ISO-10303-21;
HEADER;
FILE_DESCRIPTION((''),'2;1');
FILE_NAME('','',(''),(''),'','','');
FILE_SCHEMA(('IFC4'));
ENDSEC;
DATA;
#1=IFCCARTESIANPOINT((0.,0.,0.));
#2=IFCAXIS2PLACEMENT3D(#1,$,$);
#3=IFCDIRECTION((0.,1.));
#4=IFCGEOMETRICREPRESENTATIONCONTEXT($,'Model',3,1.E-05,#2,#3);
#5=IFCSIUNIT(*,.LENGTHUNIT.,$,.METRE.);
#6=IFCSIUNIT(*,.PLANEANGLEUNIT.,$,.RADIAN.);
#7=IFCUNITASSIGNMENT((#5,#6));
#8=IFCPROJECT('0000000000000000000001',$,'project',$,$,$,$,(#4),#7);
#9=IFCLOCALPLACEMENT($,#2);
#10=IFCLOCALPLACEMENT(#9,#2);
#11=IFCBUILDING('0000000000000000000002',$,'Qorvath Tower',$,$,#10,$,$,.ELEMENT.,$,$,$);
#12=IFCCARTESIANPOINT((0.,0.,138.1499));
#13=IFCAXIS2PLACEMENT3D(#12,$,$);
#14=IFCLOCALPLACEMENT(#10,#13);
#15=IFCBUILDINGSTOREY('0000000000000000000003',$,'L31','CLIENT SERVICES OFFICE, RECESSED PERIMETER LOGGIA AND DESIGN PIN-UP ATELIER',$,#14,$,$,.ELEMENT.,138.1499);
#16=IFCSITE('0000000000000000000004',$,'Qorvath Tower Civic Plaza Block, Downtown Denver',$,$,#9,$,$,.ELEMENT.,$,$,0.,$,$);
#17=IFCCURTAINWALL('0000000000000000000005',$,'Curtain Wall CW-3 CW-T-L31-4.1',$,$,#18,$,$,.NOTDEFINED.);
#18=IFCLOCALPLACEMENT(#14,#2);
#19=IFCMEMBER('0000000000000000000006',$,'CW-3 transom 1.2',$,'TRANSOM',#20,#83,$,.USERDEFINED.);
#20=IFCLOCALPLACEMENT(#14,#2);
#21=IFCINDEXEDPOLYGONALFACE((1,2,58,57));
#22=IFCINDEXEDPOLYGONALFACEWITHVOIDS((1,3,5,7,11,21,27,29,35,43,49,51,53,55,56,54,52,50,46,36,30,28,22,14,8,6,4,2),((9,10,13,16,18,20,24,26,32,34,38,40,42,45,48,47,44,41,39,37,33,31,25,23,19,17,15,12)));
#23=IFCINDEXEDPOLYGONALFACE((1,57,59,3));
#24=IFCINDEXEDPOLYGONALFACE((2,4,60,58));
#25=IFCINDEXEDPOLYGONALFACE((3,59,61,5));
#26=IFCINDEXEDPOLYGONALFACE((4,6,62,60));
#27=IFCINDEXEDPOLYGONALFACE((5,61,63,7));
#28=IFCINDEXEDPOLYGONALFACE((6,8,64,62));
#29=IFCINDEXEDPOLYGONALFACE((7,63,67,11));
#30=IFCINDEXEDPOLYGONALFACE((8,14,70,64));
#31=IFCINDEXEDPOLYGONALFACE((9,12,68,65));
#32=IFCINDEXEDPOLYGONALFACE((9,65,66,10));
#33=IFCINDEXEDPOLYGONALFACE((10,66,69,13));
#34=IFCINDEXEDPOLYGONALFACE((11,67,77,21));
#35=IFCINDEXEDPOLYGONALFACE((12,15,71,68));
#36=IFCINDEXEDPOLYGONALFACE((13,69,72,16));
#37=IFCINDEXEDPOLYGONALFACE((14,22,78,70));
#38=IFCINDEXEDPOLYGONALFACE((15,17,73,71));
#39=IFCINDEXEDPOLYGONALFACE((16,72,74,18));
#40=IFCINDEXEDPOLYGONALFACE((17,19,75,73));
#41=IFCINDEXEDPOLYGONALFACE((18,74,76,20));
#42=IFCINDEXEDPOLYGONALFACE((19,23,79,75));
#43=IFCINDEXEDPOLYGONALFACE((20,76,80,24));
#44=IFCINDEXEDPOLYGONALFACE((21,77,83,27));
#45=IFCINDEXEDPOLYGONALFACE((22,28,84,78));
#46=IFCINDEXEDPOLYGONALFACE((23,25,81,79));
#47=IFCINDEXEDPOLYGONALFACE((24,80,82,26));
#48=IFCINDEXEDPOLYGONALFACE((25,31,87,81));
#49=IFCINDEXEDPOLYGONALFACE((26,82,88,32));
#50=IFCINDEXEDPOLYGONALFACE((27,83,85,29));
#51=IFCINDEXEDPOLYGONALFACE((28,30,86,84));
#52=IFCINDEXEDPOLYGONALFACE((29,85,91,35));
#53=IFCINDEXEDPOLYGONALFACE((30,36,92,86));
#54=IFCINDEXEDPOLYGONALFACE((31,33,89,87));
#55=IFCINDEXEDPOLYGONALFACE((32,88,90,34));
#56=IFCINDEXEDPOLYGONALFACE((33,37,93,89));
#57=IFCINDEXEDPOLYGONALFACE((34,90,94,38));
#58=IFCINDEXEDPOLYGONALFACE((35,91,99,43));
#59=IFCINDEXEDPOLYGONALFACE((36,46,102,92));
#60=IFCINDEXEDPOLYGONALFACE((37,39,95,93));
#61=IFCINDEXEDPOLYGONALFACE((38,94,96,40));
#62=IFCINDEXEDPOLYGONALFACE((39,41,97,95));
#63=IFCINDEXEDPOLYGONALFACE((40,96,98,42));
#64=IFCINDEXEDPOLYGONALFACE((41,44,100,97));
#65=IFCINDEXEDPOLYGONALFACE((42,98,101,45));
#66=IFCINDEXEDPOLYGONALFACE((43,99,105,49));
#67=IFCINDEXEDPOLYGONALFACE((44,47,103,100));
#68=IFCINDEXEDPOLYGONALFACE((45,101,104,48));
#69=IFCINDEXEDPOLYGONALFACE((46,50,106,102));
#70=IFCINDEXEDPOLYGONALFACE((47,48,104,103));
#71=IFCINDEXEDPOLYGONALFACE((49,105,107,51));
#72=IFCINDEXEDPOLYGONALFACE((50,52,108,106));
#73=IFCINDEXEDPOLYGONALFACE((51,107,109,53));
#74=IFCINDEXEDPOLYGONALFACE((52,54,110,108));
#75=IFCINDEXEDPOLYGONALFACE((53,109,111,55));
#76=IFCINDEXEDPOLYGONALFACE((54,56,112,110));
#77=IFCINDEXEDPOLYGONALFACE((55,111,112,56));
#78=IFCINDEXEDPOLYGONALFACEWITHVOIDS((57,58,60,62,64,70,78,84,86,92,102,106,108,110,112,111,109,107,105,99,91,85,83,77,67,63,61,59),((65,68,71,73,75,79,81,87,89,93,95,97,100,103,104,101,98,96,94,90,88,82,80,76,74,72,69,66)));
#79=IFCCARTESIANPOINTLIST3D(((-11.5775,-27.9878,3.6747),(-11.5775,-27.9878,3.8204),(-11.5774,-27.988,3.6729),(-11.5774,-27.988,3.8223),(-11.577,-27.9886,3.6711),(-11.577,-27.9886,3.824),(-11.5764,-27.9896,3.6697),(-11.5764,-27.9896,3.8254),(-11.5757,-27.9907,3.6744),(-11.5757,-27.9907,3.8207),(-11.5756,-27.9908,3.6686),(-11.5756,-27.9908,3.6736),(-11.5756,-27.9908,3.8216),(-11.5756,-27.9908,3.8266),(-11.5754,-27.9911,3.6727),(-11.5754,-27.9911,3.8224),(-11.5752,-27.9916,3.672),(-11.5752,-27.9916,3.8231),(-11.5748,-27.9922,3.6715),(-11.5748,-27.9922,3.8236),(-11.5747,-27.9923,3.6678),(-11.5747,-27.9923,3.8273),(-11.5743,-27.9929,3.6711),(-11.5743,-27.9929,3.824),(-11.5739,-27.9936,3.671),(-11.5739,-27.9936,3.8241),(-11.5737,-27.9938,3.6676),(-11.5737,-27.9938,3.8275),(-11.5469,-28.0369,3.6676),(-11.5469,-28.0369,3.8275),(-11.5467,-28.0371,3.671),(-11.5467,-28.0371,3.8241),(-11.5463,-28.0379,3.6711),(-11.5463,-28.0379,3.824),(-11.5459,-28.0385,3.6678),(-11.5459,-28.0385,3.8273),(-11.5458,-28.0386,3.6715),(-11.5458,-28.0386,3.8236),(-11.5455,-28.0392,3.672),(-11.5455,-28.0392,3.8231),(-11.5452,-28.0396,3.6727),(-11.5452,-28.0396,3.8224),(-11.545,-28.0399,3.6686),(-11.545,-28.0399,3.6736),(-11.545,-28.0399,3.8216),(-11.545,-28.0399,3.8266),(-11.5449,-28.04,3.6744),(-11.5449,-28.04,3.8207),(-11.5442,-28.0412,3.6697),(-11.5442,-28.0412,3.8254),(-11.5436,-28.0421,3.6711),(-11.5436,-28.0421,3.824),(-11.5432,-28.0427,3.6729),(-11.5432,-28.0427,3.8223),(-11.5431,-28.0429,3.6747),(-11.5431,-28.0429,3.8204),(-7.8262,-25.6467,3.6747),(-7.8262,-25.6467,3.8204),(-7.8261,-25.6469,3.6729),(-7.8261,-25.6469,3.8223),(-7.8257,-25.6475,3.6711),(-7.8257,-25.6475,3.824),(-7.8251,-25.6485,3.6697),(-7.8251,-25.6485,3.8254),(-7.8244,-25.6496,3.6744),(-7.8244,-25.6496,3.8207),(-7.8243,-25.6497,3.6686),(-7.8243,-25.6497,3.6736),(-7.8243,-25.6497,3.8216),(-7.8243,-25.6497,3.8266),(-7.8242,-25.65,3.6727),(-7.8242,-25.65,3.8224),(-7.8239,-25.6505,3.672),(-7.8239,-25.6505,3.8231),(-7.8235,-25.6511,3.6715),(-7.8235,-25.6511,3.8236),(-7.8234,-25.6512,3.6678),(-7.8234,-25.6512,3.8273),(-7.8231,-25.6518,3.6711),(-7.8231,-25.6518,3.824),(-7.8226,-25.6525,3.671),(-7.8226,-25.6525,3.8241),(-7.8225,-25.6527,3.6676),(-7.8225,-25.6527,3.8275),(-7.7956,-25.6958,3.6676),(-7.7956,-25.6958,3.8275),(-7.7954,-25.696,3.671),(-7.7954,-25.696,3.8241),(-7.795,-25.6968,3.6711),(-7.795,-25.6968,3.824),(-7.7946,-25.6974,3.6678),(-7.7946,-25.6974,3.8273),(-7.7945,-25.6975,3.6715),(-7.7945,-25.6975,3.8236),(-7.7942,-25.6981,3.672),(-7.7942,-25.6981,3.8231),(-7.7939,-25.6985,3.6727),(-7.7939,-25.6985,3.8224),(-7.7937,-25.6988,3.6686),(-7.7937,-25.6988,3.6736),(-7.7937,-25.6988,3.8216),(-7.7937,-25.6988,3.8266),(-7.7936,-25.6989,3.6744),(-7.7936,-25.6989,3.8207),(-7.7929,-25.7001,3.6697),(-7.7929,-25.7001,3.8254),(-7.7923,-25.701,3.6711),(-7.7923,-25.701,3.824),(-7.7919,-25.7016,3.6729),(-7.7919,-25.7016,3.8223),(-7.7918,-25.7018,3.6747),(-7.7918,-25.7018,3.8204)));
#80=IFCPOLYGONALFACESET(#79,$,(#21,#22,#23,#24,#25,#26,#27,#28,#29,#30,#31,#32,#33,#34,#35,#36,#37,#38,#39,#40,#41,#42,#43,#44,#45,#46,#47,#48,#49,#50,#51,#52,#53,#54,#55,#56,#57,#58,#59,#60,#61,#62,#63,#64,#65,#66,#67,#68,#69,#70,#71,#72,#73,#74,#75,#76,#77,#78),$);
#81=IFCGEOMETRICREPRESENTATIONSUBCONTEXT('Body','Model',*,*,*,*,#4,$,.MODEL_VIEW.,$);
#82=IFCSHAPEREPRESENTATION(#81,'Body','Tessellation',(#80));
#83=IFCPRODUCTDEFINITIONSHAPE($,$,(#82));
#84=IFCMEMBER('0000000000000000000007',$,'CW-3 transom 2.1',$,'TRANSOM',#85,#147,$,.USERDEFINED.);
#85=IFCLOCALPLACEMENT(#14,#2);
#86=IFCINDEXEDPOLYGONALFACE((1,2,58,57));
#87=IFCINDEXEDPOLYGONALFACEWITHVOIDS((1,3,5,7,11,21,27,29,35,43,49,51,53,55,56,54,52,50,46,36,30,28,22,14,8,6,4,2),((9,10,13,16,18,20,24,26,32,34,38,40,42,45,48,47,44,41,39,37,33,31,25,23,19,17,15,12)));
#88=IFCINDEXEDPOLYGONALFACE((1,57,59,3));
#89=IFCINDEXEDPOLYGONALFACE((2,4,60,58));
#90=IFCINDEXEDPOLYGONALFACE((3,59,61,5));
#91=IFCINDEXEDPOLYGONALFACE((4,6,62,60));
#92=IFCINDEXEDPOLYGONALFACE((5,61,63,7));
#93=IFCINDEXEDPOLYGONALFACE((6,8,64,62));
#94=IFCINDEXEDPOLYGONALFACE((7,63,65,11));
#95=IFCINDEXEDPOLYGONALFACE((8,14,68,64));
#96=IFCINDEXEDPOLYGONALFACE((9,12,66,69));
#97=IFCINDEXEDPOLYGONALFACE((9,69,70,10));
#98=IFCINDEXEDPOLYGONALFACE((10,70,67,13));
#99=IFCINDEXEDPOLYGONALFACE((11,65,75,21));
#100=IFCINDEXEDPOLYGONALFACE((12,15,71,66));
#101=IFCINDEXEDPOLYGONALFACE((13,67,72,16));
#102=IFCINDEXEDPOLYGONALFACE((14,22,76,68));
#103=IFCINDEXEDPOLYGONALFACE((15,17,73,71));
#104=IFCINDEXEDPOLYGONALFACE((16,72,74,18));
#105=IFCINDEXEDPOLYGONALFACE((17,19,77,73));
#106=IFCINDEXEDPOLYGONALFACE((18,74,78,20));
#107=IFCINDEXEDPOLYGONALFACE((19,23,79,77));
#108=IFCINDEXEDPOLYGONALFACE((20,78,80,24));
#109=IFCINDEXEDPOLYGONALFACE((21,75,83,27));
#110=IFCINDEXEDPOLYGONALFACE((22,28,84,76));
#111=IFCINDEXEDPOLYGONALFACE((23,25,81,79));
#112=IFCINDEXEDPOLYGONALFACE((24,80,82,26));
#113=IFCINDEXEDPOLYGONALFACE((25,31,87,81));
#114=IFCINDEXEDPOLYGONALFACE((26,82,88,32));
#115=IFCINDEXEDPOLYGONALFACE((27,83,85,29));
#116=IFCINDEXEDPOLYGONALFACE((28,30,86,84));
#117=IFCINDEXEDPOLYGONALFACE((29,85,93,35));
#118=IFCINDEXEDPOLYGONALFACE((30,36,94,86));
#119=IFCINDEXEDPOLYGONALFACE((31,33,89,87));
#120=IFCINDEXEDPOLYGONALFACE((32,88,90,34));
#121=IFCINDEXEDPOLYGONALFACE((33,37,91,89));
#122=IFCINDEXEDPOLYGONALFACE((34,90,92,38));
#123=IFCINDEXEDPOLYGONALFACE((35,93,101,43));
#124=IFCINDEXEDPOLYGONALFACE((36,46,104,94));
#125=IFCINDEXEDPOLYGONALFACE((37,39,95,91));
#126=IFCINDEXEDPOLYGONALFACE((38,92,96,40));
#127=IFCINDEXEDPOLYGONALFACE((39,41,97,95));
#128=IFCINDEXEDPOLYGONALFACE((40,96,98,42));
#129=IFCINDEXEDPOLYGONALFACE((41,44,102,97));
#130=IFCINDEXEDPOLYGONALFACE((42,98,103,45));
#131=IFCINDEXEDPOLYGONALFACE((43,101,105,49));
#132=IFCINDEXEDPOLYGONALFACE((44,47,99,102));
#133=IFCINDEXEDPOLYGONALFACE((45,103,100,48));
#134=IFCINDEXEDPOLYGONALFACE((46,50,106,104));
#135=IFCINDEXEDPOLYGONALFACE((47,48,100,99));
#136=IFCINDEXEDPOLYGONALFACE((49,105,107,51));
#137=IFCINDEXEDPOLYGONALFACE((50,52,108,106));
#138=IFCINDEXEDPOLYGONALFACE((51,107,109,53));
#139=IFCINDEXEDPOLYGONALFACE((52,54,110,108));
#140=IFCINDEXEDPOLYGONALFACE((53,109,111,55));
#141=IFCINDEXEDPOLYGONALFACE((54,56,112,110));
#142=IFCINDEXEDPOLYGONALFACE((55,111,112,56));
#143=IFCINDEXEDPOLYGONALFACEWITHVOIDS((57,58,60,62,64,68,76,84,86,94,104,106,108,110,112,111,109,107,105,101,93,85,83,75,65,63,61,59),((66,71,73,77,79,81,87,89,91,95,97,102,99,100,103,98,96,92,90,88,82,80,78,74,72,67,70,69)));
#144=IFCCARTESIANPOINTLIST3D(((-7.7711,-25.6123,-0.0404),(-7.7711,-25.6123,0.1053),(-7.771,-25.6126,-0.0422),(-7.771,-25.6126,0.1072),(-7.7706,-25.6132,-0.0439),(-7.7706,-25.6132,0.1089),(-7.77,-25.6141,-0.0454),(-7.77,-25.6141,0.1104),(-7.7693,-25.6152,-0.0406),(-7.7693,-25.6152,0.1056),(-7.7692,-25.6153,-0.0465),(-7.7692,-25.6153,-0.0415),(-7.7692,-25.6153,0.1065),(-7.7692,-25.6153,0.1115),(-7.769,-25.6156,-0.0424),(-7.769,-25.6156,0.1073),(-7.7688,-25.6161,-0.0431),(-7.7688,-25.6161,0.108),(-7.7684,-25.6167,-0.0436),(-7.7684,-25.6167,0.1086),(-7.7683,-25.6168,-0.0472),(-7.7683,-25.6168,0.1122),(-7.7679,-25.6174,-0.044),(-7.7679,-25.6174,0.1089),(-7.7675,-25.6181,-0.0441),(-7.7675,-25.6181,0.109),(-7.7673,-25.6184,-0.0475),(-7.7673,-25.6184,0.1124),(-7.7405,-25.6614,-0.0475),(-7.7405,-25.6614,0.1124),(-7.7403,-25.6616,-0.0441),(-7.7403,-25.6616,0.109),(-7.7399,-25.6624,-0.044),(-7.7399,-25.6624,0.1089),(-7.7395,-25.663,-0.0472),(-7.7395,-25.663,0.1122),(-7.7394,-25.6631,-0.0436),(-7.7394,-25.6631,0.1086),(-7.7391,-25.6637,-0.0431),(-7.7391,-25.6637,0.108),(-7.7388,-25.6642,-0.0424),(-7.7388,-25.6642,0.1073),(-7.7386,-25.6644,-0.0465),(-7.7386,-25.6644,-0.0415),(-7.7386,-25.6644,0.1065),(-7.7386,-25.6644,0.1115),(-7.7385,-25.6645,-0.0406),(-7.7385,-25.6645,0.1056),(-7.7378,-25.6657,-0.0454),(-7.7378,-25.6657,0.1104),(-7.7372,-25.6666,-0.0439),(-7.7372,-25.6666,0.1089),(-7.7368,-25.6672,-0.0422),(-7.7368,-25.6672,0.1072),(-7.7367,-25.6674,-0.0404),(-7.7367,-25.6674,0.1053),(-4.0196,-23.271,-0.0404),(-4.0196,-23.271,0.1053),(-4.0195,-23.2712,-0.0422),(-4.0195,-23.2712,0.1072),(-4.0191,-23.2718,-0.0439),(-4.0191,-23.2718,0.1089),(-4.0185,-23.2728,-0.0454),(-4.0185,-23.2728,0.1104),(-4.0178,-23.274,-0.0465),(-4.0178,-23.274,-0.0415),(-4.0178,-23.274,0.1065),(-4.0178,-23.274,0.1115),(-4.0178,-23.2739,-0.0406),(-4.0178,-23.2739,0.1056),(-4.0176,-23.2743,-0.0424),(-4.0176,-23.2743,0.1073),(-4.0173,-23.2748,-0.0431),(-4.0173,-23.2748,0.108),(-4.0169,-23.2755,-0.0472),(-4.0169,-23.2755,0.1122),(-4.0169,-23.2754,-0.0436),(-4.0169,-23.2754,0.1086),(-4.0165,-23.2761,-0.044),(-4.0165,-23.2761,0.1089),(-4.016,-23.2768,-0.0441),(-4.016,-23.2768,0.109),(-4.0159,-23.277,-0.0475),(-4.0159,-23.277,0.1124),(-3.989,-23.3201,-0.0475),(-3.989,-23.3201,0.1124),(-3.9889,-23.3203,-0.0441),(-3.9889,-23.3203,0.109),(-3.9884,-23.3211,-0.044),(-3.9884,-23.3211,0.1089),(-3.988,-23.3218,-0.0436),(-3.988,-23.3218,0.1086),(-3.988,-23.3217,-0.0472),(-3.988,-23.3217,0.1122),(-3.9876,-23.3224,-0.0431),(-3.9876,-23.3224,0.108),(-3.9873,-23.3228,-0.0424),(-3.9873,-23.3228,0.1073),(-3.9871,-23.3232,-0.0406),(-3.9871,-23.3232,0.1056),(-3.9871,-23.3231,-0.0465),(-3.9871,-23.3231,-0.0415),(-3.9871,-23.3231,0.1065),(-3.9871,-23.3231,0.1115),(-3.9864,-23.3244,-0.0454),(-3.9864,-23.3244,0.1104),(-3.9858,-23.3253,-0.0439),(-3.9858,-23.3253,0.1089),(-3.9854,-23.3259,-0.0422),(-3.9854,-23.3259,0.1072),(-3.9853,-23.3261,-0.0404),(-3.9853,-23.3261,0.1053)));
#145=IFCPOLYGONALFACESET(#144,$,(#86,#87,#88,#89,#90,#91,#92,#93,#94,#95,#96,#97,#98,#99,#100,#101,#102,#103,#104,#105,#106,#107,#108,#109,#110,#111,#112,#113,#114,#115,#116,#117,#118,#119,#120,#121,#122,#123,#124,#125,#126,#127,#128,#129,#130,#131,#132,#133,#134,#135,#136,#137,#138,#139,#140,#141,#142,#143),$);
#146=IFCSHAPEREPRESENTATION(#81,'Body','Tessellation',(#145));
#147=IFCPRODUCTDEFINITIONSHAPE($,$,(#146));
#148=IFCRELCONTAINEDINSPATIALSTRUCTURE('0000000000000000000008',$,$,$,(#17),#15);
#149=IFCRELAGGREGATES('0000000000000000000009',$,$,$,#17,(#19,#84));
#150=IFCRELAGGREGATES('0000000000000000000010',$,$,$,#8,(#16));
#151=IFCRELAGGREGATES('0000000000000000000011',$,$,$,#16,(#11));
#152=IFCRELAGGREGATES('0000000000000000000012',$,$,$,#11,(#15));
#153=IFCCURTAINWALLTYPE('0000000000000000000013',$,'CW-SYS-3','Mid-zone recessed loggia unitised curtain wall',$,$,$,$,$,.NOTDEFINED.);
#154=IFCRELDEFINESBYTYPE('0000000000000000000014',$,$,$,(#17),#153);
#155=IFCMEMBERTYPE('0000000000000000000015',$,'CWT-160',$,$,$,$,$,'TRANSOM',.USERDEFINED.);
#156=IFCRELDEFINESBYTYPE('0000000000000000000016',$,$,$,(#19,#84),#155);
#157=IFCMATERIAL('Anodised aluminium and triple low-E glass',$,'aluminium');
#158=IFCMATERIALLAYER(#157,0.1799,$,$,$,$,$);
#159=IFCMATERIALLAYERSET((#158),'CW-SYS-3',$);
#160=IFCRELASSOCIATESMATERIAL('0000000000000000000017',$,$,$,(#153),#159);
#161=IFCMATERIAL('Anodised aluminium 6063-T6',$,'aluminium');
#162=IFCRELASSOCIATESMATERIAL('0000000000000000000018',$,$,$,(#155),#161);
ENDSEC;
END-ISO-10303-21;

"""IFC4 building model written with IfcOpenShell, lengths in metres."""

from ifc_helpers import new_model, si_unit, direction, frame, origin, origin_2d, place, context, subcontext, project, spatial, hollow_rectangle, extrude, material, layer, layer_set, material_profile, profile_set, type_object, element, aggregate, save


model = new_model("IFC4")

# Units and contexts
model_context = context("Model", 3, precision=1e-05, world=origin(), true_north=direction((0.0, 1.0)))
body_context = subcontext(model_context, "Body", "Model", "MODEL_VIEW")
ifc_project = project(units=[si_unit("LENGTHUNIT", "METRE"), si_unit("PLANEANGLEUNIT", "RADIAN")], contexts=[model_context])

# Site, building, storey
site_placement = place(None, origin())
site = spatial("IfcSite", under=ifc_project, at=site_placement, Name="Qorvath Tower Civic Plaza Block, Downtown Denver", CompositionType="ELEMENT", RefElevation=0.0)
building_placement = place(site_placement, origin())
building = spatial("IfcBuilding", under=site, at=building_placement, Name="Qorvath Tower", CompositionType="ELEMENT")
storey_placement = place(building_placement, frame((0.0, 0.0, 138.1499)))
storey = spatial("IfcBuildingStorey", under=building, at=storey_placement, Name="L31", Description="CLIENT SERVICES OFFICE, RECESSED PERIMETER LOGGIA AND DESIGN PIN-UP ATELIER", CompositionType="ELEMENT", Elevation=138.1499)

# Shared definitions
ifc_material_1 = material(Name="Anodised aluminium and triple low-E glass", Category="aluminium")
ifc_layer_1 = layer(ifc_material_1, 0.1799)
ifc_layer_set_1 = layer_set([ifc_layer_1], Name="CW-SYS-3")
curtain_wall_type = type_object("IfcCurtainWallType", Name="CW-SYS-3", Description="Mid-zone recessed loggia unitised curtain wall", PredefinedType="NOTDEFINED", material=ifc_layer_set_1)

# Curtain wall
curtain_wall_1_placement = place(storey_placement, origin())
curtain_wall_1 = element("IfcCurtainWall", 1, at=curtain_wall_1_placement, inside=storey, type_object=curtain_wall_type, Name="Curtain Wall CW-3 CW-T-L31-4.1", PredefinedType="NOTDEFINED")

# Members
ifc_material_2 = material(Name="Anodised aluminium 6063-T6", Category="aluminium")
ifc_material_profile_1 = material_profile(ifc_material_2, hollow_rectangle(XDim=0.0649, YDim=0.1599, WallThickness=0.0034, InnerFilletRadius=0.0034, OuterFilletRadius=0.0071, at=origin_2d()), Name="CWT 160x65")
ifc_profile_set_1 = profile_set([ifc_material_profile_1], Name="Anodised aluminium 6063-T6")
member_type_1 = type_object("IfcMemberType", Name="CWT-160", ElementType="TRANSOM", PredefinedType="USERDEFINED", material=ifc_profile_set_1)
member_1_placement = place(storey_placement, frame((-11.5603, -28.0154, 3.7476), z_axis=(0.848349, 0.529438, 0.0), x_axis=(-0.529438, 0.848349, 0.0)))
member_1 = element("IfcMember", 2, at=member_1_placement, type_object=member_type_1, Name="CW-3 transom 1.2", ObjectType="TRANSOM", PredefinedType="USERDEFINED", context=body_context, shape_type="SweptSolid", body=[
    extrude(hollow_rectangle(XDim=0.0649, YDim=0.1599, WallThickness=0.0034, InnerFilletRadius=0.0034, OuterFilletRadius=0.0071, at=origin_2d()), origin(), (0.0, 0.0, 1.0), 4.4219),
])
member_2_placement = place(storey_placement, frame((-7.7539, -25.6399, 0.0325), z_axis=(0.848339, 0.529453, 0.0), x_axis=(-0.529453, 0.848339, 0.0)))
member_2 = element("IfcMember", 3, at=member_2_placement, type_object=member_type_1, Name="CW-3 transom 2.1", ObjectType="TRANSOM", PredefinedType="USERDEFINED", context=body_context, shape_type="SweptSolid", body=[
    extrude(hollow_rectangle(XDim=0.0649, YDim=0.1599, WallThickness=0.0034, InnerFilletRadius=0.0034, OuterFilletRadius=0.0071, at=origin_2d()), origin(), (0.0, 0.0, 1.0), 4.4221),
])

aggregate(curtain_wall_1, [member_1, member_2])

save(model, "model.ifc")
